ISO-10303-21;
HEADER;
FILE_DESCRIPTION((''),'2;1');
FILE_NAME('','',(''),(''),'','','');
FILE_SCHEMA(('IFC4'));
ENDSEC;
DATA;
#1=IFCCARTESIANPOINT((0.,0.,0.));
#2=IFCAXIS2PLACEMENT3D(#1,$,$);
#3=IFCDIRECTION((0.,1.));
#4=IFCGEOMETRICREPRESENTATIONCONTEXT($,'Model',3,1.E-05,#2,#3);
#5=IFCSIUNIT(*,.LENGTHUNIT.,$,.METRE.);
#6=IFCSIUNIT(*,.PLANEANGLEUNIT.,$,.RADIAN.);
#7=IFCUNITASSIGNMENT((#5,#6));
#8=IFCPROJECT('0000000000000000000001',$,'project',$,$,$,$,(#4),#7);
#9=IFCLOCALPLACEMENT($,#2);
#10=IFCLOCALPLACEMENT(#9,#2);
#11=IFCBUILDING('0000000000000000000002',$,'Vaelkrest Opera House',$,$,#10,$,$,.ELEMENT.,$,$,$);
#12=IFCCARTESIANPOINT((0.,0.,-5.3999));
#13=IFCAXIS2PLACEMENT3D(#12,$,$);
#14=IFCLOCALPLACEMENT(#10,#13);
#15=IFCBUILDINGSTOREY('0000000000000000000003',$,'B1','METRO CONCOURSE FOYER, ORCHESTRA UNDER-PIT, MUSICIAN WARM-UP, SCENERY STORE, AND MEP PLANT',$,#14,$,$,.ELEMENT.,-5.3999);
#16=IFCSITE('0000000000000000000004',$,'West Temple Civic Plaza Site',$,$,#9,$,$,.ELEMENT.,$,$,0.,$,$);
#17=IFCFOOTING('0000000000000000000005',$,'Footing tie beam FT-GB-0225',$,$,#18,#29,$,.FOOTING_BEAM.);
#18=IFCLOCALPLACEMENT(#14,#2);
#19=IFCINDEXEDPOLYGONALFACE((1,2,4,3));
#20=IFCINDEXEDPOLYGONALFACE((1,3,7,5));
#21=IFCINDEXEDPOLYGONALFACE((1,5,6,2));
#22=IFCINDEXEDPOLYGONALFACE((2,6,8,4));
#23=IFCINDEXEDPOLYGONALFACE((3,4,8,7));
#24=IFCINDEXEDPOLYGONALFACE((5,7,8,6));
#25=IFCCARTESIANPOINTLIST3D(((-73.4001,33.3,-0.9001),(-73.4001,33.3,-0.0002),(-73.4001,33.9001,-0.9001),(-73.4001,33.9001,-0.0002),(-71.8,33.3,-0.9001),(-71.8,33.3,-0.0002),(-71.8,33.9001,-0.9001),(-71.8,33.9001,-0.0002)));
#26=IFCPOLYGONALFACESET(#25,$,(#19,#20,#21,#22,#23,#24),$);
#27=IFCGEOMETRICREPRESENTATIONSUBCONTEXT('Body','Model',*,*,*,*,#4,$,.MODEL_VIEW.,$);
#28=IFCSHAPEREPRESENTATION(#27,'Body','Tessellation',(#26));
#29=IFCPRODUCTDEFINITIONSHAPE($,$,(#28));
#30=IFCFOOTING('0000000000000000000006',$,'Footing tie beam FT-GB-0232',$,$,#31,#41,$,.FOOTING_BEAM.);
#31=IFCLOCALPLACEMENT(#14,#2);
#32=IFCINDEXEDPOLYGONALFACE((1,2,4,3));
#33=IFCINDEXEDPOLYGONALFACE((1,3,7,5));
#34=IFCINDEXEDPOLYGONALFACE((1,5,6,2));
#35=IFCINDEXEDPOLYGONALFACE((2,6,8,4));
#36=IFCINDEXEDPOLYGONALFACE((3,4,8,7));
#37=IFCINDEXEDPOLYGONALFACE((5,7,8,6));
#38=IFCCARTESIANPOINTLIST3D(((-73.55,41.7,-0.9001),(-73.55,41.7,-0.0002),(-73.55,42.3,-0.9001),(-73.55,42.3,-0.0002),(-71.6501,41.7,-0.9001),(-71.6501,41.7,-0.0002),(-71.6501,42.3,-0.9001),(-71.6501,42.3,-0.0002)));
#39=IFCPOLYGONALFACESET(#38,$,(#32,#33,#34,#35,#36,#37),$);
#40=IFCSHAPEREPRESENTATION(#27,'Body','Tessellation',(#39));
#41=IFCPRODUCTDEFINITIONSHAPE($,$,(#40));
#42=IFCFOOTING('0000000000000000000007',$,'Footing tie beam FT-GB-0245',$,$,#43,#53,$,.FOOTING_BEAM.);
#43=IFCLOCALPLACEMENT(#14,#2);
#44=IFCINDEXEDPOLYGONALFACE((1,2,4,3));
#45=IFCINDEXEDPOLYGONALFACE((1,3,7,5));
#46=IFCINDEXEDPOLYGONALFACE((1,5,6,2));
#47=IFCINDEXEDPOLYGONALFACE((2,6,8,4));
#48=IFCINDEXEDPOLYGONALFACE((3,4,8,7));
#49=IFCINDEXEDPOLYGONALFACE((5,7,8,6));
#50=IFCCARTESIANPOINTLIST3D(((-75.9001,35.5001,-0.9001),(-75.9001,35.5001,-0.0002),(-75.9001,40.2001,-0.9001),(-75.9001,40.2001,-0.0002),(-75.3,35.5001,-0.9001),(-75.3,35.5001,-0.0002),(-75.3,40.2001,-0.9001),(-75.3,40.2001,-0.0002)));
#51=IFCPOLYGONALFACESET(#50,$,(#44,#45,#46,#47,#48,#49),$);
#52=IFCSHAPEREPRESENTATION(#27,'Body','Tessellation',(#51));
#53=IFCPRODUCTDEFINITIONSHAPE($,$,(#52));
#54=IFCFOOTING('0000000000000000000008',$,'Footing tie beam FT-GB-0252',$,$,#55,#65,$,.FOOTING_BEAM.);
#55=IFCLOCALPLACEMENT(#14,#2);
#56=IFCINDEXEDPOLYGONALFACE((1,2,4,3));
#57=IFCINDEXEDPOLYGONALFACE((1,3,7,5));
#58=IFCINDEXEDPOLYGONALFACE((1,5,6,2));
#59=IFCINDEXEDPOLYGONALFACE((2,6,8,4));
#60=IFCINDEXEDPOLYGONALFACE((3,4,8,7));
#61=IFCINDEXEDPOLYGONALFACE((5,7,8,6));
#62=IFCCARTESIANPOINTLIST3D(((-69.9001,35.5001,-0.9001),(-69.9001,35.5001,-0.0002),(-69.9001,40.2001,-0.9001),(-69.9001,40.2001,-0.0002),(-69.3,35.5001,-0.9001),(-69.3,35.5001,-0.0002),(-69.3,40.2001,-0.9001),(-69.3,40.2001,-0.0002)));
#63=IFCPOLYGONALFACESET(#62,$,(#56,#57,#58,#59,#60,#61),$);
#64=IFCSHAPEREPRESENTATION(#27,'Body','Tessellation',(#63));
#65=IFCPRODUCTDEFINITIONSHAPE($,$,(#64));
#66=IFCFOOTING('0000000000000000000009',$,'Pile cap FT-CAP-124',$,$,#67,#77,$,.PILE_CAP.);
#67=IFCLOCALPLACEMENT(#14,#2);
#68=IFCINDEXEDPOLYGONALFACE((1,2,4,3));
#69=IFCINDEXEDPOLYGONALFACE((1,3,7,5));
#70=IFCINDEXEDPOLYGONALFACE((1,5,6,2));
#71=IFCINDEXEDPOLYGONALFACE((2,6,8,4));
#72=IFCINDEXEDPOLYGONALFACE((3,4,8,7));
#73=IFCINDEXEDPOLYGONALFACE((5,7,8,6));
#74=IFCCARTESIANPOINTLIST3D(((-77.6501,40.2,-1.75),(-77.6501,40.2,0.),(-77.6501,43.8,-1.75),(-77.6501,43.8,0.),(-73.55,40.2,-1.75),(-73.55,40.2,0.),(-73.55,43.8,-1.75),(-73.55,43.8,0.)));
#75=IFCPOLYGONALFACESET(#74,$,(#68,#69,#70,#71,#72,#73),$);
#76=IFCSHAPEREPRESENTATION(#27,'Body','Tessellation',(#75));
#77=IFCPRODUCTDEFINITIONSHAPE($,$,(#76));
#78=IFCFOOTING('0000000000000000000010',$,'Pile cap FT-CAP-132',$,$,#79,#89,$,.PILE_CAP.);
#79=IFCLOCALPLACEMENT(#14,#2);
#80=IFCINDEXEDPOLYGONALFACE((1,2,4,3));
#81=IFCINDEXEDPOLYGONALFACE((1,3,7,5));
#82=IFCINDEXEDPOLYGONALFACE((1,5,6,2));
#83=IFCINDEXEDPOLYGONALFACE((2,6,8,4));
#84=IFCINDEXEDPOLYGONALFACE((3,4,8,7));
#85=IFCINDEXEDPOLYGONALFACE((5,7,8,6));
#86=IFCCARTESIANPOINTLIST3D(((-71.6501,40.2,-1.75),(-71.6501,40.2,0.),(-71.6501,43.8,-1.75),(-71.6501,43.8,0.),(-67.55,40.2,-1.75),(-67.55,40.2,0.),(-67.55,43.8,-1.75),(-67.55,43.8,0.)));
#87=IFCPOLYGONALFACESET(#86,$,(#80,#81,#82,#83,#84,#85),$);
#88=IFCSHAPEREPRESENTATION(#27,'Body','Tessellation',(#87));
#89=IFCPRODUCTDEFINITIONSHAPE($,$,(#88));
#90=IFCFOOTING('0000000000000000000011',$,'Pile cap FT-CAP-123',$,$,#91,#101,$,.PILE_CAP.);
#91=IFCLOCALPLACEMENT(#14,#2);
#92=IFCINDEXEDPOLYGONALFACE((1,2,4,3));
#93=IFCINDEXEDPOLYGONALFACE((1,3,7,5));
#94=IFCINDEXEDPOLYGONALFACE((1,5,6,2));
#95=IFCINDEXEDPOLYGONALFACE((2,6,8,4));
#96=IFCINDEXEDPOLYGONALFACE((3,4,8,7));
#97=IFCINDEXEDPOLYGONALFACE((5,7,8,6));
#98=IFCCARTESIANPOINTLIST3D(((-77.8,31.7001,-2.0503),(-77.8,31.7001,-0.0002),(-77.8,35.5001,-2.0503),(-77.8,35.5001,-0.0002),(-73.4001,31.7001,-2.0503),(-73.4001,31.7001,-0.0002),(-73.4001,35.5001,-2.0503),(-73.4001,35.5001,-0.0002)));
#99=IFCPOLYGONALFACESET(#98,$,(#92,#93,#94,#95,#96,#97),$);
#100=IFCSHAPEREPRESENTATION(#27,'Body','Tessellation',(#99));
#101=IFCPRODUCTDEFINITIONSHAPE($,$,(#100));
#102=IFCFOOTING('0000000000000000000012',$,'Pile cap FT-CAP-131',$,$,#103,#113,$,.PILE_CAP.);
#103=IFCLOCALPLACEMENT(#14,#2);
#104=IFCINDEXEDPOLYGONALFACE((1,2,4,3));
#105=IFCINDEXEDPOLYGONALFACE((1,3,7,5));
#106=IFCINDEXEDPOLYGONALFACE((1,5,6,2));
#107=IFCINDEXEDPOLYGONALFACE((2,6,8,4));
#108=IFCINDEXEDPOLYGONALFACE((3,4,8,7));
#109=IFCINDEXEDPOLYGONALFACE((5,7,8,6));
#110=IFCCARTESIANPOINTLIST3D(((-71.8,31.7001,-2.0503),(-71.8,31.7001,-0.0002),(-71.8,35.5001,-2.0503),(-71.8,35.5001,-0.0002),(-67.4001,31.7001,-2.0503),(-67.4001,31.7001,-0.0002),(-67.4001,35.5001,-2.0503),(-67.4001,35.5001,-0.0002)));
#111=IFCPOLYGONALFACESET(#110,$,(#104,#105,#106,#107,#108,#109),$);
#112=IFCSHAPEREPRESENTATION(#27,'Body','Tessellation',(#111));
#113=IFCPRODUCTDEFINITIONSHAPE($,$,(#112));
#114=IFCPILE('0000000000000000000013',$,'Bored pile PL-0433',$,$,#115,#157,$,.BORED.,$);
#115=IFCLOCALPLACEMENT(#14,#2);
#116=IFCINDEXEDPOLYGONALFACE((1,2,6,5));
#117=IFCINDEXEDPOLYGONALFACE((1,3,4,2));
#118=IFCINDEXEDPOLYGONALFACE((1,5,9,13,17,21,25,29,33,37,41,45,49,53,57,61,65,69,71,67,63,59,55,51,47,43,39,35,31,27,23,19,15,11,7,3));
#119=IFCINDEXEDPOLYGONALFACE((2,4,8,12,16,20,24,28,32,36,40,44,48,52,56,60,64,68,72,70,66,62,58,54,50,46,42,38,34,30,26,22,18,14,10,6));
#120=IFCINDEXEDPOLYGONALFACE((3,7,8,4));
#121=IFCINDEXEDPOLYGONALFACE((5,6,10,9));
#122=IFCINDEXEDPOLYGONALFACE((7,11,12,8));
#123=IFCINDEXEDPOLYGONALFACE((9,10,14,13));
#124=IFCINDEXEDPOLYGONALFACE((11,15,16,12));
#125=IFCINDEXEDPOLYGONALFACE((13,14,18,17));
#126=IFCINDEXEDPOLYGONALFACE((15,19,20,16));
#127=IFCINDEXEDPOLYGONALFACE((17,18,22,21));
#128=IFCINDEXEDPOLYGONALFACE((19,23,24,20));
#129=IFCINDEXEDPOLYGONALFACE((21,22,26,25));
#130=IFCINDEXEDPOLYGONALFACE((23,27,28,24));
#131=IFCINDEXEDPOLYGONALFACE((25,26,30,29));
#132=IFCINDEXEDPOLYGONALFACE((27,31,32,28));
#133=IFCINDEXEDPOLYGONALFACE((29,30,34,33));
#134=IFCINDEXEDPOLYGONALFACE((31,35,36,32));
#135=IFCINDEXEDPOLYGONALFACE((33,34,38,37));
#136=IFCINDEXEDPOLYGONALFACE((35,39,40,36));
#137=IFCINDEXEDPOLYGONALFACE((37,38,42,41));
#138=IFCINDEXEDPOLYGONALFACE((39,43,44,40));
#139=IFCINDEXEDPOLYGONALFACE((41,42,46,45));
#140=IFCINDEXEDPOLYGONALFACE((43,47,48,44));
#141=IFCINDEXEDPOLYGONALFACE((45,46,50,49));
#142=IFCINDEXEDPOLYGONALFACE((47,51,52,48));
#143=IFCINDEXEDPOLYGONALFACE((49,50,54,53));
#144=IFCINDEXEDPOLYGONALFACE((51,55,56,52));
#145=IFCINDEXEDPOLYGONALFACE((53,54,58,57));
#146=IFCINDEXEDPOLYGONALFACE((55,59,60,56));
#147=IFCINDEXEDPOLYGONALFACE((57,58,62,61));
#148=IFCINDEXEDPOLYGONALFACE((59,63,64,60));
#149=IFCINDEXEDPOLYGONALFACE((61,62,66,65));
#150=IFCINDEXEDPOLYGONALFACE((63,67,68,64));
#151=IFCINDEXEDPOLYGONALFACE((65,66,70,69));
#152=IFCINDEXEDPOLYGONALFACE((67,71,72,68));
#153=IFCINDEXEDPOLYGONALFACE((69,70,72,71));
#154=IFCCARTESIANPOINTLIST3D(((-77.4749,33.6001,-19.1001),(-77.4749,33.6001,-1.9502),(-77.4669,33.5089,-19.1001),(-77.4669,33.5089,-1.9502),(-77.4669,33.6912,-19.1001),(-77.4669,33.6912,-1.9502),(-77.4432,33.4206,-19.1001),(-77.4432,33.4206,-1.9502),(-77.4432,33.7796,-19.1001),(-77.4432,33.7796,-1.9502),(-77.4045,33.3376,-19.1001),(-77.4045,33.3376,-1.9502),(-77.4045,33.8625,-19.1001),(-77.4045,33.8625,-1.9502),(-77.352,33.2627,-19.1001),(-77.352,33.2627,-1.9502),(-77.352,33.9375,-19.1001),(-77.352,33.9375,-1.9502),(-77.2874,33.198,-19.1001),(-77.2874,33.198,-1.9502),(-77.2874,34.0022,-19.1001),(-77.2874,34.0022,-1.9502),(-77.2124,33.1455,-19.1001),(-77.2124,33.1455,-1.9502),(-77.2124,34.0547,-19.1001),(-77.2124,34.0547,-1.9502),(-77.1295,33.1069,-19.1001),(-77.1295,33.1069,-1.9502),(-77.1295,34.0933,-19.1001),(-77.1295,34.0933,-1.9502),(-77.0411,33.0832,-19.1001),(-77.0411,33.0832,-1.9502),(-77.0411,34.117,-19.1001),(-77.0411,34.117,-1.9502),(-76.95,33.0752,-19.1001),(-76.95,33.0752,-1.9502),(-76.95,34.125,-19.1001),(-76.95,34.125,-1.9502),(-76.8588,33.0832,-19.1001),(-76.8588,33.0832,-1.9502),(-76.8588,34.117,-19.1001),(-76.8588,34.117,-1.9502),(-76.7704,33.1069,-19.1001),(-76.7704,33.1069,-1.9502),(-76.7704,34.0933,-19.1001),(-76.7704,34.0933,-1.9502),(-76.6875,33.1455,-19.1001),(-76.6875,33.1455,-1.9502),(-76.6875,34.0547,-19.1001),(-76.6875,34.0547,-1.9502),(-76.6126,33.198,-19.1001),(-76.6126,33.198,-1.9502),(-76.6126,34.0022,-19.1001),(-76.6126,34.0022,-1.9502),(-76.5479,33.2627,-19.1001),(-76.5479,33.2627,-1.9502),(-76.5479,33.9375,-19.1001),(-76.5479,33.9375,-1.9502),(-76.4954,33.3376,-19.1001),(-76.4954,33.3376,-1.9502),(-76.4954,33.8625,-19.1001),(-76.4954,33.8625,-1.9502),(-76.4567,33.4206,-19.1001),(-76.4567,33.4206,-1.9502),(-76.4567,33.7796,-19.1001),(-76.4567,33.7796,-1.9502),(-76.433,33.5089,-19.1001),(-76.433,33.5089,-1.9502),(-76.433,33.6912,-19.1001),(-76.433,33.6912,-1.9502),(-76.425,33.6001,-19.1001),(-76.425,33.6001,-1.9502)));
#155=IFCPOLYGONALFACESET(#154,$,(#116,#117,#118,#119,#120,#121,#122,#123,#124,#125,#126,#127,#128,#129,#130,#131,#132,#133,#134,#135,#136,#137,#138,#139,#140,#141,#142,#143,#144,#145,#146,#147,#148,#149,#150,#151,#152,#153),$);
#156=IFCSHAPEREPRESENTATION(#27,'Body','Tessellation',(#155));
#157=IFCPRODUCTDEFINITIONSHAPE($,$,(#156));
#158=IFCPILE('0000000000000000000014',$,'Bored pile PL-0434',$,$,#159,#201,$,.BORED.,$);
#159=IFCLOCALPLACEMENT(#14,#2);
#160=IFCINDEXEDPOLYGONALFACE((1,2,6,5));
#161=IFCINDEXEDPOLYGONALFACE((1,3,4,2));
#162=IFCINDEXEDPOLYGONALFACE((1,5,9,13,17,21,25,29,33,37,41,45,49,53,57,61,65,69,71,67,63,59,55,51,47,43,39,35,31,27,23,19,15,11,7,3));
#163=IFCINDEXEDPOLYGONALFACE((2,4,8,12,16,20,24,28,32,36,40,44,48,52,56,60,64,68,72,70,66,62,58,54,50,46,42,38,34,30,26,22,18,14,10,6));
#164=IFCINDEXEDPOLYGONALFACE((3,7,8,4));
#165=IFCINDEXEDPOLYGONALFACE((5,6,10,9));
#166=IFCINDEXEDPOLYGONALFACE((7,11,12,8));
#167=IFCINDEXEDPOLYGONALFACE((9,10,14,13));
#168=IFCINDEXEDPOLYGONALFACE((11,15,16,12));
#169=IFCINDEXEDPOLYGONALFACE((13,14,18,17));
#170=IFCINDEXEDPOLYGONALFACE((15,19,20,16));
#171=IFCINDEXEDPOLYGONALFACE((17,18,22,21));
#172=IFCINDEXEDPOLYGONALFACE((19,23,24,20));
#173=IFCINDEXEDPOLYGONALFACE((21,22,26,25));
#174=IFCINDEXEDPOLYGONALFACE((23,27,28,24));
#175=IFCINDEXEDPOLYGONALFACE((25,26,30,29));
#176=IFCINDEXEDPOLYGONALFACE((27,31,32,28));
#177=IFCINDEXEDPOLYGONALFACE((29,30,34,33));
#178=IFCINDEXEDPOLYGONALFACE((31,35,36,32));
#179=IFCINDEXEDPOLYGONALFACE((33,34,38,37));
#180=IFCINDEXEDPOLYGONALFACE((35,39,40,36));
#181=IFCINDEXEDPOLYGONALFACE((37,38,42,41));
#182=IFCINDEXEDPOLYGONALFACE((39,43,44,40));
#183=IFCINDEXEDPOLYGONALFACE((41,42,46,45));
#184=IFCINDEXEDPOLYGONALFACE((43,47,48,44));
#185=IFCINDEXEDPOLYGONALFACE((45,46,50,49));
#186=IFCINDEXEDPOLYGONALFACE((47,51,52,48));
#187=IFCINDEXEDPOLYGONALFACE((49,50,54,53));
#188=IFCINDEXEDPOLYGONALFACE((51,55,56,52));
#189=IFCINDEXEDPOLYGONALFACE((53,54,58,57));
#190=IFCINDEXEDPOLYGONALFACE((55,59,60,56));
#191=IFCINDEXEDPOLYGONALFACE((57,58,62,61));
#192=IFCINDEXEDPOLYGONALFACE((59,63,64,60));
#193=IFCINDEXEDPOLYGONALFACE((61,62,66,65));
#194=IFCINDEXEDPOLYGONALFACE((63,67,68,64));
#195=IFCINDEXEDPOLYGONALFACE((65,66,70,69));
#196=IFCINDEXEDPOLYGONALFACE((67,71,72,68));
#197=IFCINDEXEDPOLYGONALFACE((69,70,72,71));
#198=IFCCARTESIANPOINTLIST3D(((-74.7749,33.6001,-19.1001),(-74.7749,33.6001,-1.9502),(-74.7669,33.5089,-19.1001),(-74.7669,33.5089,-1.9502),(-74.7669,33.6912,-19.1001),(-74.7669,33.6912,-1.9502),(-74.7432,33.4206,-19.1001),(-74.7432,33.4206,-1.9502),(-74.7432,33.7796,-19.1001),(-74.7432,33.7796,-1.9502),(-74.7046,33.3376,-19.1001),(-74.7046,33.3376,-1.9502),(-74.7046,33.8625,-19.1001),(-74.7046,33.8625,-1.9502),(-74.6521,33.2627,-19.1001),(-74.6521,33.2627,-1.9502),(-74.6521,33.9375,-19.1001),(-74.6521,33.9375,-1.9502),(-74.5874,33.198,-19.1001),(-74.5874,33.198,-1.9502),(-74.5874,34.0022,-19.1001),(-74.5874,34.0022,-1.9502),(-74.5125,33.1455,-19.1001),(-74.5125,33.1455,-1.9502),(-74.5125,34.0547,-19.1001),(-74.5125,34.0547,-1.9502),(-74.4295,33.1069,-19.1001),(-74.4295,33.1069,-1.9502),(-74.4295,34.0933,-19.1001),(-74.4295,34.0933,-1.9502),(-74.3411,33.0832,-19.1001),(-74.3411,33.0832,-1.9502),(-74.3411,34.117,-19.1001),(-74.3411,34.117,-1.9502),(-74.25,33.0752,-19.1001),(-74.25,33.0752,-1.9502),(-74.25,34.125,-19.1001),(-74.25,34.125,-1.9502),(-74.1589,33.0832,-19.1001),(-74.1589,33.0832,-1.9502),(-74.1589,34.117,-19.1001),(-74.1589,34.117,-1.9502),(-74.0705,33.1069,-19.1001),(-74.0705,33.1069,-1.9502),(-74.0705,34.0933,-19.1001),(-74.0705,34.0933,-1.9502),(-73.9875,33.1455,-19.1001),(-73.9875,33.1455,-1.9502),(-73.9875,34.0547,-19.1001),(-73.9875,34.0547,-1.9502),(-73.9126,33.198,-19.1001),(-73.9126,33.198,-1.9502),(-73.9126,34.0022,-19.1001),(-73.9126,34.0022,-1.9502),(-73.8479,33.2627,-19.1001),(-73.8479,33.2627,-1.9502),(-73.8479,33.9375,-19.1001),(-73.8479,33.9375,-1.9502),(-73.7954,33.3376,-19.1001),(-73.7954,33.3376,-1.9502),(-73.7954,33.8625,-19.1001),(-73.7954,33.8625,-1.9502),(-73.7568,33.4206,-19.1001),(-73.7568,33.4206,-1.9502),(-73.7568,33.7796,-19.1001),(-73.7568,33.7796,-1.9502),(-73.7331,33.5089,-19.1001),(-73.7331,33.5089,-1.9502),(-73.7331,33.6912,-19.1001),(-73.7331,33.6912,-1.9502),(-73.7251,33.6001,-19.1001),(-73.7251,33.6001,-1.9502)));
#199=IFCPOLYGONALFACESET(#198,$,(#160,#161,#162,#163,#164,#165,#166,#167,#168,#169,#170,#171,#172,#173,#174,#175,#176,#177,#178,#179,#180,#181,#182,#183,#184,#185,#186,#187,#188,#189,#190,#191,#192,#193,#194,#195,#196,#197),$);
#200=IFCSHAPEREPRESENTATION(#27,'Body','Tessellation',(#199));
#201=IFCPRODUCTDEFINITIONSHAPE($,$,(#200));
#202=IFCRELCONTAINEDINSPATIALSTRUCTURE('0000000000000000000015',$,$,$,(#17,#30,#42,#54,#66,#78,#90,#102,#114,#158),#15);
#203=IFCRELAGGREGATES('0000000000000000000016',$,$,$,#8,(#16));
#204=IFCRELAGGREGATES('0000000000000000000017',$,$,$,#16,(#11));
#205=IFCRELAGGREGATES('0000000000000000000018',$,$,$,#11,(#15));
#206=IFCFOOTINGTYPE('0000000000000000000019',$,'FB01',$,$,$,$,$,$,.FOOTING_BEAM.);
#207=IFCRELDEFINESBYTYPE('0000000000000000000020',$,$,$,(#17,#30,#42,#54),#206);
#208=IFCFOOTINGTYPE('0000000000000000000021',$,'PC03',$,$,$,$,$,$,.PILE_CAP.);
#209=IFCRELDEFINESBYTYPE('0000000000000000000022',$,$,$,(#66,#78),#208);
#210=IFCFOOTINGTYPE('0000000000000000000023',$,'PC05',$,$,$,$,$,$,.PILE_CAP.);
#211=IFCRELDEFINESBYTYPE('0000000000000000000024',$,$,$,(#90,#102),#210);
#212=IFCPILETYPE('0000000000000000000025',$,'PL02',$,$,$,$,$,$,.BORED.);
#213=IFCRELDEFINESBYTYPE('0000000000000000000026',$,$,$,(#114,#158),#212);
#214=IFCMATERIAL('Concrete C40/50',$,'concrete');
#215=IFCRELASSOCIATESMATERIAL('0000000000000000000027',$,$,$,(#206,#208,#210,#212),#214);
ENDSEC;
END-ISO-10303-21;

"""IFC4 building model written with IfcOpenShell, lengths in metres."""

from ifc_helpers import new_model, si_unit, direction, frame, origin, origin_2d, place, context, subcontext, project, spatial, rectangle, circle, extrude, material, material_profile, profile_set, type_object, element, save


model = new_model("IFC4")

# Units and contexts
model_context = context("Model", 3, precision=1e-05, world=origin(), true_north=direction((0.0, 1.0)))
body_context = subcontext(model_context, "Body", "Model", "MODEL_VIEW")
ifc_project = project(units=[si_unit("LENGTHUNIT", "METRE"), si_unit("PLANEANGLEUNIT", "RADIAN")], contexts=[model_context])

# Site, building, storey
site_placement = place(None, origin())
site = spatial("IfcSite", under=ifc_project, at=site_placement, Name="West Temple Civic Plaza Site", CompositionType="ELEMENT", RefElevation=0.0)
building_placement = place(site_placement, origin())
building = spatial("IfcBuilding", under=site, at=building_placement, Name="Vaelkrest Opera House", CompositionType="ELEMENT")
storey_placement = place(building_placement, frame((0.0, 0.0, -5.3999)))
storey = spatial("IfcBuildingStorey", under=building, at=storey_placement, Name="B1", Description="METRO CONCOURSE FOYER, ORCHESTRA UNDER-PIT, MUSICIAN WARM-UP, SCENERY STORE, AND MEP PLANT", CompositionType="ELEMENT", Elevation=-5.3999)

# Footings
ifc_material_1 = material(Name="Concrete C40/50", Category="concrete")
footing_type_1 = type_object("IfcFootingType", Name="FB01", PredefinedType="FOOTING_BEAM", material=ifc_material_1)
footing_1_placement = place(storey_placement, frame((-72.6001, 33.6001, -0.9001), z_axis=(0.0, 0.0, 1.0), x_axis=(1.0, 0.0, 0.0)))
element("IfcFooting", 1, at=footing_1_placement, inside=storey, type_object=footing_type_1, Name="Footing tie beam FT-GB-0225", PredefinedType="FOOTING_BEAM", context=body_context, shape_type="SweptSolid", body=[
    extrude(rectangle(XDim=1.6001, YDim=0.6001, at=origin_2d()), origin(), (0.0, 0.0, 1.0), 0.8999),
])
footing_2_placement = place(storey_placement, frame((-72.6001, 42.0, -0.9001), z_axis=(0.0, 0.0, 1.0), x_axis=(1.0, 0.0, 0.0)))
element("IfcFooting", 2, at=footing_2_placement, inside=storey, type_object=footing_type_1, Name="Footing tie beam FT-GB-0232", PredefinedType="FOOTING_BEAM", context=body_context, shape_type="SweptSolid", body=[
    extrude(rectangle(XDim=1.8999, YDim=0.6001, at=origin_2d()), origin(), (0.0, 0.0, 1.0), 0.8999),
])
for number, where, z_axis, x_axis, name in (
    (3, (-75.6001, 37.8501, -0.9001), (0.0, 0.0, 1.0), (0.0, 1.0, 0.0), "Footing tie beam FT-GB-0245"),
    (4, (-69.6001, 37.8501, -0.9001), (0.0, 0.0, 1.0), (0.0, 1.0, 0.0), "Footing tie beam FT-GB-0252"),
):
    element("IfcFooting", number, at=place(storey_placement, frame(where, z_axis=z_axis, x_axis=x_axis)), inside=storey, type_object=footing_type_1, Name=name, PredefinedType="FOOTING_BEAM", context=body_context, shape_type="SweptSolid", body=[
        extrude(rectangle(XDim=4.7, YDim=0.6001, at=origin_2d()), origin(), (0.0, 0.0, 1.0), 0.8999),
    ])
footing_type_2 = type_object("IfcFootingType", Name="PC03", PredefinedType="PILE_CAP", material=ifc_material_1)
for number, where, z_axis, x_axis, name in (
    (5, (-75.6001, 42.0, -1.75), (0.0, 0.0, 1.0), (1.0, 0.0, 0.0), "Pile cap FT-CAP-124"),
    (6, (-69.6001, 42.0, -1.75), (0.0, 0.0, 1.0), (1.0, 0.0, 0.0), "Pile cap FT-CAP-132"),
):
    element("IfcFooting", number, at=place(storey_placement, frame(where, z_axis=z_axis, x_axis=x_axis)), inside=storey, type_object=footing_type_2, Name=name, PredefinedType="PILE_CAP", context=body_context, shape_type="SweptSolid", body=[
        extrude(rectangle(XDim=4.1001, YDim=3.6001, at=origin_2d()), origin(), (0.0, 0.0, 1.0), 1.75),
    ])
footing_type_3 = type_object("IfcFootingType", Name="PC05", PredefinedType="PILE_CAP", material=ifc_material_1)
for number, where, z_axis, x_axis, name in (
    (7, (-75.6001, 33.6001, -2.0503), (0.0, 0.0, 1.0), (1.0, 0.0, 0.0), "Pile cap FT-CAP-123"),
    (8, (-69.6001, 33.6001, -2.0503), (0.0, 0.0, 1.0), (1.0, 0.0, 0.0), "Pile cap FT-CAP-131"),
):
    element("IfcFooting", number, at=place(storey_placement, frame(where, z_axis=z_axis, x_axis=x_axis)), inside=storey, type_object=footing_type_3, Name=name, PredefinedType="PILE_CAP", context=body_context, shape_type="SweptSolid", body=[
        extrude(rectangle(XDim=4.3999, YDim=3.8, at=origin_2d()), origin(), (0.0, 0.0, 1.0), 2.05),
    ])

# Piles
ifc_material_profile_1 = material_profile(ifc_material_1, circle(Radius=0.5249, at=origin_2d()), Name="PILE1050")
ifc_profile_set_1 = profile_set([ifc_material_profile_1], Name="Concrete C40/50")
pile_type = type_object("IfcPileType", Name="PL02", PredefinedType="BORED", material=ifc_profile_set_1)
for number, where, z_axis, x_axis, name in (
    (9, (-76.95, 33.6001, -1.9502), (0.0, 0.0, -1.0), (1.0, 0.0, 0.0), "Bored pile PL-0433"),
    (10, (-74.25, 33.6001, -1.9502), (0.0, 0.0, -1.0), (1.0, 0.0, 0.0), "Bored pile PL-0434"),
):
    element("IfcPile", number, at=place(storey_placement, frame(where, z_axis=z_axis, x_axis=x_axis)), inside=storey, type_object=pile_type, Name=name, PredefinedType="BORED", context=body_context, shape_type="SweptSolid", body=[
        extrude(circle(Radius=0.5249, at=origin_2d()), origin(), (0.0, 0.0, 1.0), 17.1499),
    ])

save(model, "model.ifc")
